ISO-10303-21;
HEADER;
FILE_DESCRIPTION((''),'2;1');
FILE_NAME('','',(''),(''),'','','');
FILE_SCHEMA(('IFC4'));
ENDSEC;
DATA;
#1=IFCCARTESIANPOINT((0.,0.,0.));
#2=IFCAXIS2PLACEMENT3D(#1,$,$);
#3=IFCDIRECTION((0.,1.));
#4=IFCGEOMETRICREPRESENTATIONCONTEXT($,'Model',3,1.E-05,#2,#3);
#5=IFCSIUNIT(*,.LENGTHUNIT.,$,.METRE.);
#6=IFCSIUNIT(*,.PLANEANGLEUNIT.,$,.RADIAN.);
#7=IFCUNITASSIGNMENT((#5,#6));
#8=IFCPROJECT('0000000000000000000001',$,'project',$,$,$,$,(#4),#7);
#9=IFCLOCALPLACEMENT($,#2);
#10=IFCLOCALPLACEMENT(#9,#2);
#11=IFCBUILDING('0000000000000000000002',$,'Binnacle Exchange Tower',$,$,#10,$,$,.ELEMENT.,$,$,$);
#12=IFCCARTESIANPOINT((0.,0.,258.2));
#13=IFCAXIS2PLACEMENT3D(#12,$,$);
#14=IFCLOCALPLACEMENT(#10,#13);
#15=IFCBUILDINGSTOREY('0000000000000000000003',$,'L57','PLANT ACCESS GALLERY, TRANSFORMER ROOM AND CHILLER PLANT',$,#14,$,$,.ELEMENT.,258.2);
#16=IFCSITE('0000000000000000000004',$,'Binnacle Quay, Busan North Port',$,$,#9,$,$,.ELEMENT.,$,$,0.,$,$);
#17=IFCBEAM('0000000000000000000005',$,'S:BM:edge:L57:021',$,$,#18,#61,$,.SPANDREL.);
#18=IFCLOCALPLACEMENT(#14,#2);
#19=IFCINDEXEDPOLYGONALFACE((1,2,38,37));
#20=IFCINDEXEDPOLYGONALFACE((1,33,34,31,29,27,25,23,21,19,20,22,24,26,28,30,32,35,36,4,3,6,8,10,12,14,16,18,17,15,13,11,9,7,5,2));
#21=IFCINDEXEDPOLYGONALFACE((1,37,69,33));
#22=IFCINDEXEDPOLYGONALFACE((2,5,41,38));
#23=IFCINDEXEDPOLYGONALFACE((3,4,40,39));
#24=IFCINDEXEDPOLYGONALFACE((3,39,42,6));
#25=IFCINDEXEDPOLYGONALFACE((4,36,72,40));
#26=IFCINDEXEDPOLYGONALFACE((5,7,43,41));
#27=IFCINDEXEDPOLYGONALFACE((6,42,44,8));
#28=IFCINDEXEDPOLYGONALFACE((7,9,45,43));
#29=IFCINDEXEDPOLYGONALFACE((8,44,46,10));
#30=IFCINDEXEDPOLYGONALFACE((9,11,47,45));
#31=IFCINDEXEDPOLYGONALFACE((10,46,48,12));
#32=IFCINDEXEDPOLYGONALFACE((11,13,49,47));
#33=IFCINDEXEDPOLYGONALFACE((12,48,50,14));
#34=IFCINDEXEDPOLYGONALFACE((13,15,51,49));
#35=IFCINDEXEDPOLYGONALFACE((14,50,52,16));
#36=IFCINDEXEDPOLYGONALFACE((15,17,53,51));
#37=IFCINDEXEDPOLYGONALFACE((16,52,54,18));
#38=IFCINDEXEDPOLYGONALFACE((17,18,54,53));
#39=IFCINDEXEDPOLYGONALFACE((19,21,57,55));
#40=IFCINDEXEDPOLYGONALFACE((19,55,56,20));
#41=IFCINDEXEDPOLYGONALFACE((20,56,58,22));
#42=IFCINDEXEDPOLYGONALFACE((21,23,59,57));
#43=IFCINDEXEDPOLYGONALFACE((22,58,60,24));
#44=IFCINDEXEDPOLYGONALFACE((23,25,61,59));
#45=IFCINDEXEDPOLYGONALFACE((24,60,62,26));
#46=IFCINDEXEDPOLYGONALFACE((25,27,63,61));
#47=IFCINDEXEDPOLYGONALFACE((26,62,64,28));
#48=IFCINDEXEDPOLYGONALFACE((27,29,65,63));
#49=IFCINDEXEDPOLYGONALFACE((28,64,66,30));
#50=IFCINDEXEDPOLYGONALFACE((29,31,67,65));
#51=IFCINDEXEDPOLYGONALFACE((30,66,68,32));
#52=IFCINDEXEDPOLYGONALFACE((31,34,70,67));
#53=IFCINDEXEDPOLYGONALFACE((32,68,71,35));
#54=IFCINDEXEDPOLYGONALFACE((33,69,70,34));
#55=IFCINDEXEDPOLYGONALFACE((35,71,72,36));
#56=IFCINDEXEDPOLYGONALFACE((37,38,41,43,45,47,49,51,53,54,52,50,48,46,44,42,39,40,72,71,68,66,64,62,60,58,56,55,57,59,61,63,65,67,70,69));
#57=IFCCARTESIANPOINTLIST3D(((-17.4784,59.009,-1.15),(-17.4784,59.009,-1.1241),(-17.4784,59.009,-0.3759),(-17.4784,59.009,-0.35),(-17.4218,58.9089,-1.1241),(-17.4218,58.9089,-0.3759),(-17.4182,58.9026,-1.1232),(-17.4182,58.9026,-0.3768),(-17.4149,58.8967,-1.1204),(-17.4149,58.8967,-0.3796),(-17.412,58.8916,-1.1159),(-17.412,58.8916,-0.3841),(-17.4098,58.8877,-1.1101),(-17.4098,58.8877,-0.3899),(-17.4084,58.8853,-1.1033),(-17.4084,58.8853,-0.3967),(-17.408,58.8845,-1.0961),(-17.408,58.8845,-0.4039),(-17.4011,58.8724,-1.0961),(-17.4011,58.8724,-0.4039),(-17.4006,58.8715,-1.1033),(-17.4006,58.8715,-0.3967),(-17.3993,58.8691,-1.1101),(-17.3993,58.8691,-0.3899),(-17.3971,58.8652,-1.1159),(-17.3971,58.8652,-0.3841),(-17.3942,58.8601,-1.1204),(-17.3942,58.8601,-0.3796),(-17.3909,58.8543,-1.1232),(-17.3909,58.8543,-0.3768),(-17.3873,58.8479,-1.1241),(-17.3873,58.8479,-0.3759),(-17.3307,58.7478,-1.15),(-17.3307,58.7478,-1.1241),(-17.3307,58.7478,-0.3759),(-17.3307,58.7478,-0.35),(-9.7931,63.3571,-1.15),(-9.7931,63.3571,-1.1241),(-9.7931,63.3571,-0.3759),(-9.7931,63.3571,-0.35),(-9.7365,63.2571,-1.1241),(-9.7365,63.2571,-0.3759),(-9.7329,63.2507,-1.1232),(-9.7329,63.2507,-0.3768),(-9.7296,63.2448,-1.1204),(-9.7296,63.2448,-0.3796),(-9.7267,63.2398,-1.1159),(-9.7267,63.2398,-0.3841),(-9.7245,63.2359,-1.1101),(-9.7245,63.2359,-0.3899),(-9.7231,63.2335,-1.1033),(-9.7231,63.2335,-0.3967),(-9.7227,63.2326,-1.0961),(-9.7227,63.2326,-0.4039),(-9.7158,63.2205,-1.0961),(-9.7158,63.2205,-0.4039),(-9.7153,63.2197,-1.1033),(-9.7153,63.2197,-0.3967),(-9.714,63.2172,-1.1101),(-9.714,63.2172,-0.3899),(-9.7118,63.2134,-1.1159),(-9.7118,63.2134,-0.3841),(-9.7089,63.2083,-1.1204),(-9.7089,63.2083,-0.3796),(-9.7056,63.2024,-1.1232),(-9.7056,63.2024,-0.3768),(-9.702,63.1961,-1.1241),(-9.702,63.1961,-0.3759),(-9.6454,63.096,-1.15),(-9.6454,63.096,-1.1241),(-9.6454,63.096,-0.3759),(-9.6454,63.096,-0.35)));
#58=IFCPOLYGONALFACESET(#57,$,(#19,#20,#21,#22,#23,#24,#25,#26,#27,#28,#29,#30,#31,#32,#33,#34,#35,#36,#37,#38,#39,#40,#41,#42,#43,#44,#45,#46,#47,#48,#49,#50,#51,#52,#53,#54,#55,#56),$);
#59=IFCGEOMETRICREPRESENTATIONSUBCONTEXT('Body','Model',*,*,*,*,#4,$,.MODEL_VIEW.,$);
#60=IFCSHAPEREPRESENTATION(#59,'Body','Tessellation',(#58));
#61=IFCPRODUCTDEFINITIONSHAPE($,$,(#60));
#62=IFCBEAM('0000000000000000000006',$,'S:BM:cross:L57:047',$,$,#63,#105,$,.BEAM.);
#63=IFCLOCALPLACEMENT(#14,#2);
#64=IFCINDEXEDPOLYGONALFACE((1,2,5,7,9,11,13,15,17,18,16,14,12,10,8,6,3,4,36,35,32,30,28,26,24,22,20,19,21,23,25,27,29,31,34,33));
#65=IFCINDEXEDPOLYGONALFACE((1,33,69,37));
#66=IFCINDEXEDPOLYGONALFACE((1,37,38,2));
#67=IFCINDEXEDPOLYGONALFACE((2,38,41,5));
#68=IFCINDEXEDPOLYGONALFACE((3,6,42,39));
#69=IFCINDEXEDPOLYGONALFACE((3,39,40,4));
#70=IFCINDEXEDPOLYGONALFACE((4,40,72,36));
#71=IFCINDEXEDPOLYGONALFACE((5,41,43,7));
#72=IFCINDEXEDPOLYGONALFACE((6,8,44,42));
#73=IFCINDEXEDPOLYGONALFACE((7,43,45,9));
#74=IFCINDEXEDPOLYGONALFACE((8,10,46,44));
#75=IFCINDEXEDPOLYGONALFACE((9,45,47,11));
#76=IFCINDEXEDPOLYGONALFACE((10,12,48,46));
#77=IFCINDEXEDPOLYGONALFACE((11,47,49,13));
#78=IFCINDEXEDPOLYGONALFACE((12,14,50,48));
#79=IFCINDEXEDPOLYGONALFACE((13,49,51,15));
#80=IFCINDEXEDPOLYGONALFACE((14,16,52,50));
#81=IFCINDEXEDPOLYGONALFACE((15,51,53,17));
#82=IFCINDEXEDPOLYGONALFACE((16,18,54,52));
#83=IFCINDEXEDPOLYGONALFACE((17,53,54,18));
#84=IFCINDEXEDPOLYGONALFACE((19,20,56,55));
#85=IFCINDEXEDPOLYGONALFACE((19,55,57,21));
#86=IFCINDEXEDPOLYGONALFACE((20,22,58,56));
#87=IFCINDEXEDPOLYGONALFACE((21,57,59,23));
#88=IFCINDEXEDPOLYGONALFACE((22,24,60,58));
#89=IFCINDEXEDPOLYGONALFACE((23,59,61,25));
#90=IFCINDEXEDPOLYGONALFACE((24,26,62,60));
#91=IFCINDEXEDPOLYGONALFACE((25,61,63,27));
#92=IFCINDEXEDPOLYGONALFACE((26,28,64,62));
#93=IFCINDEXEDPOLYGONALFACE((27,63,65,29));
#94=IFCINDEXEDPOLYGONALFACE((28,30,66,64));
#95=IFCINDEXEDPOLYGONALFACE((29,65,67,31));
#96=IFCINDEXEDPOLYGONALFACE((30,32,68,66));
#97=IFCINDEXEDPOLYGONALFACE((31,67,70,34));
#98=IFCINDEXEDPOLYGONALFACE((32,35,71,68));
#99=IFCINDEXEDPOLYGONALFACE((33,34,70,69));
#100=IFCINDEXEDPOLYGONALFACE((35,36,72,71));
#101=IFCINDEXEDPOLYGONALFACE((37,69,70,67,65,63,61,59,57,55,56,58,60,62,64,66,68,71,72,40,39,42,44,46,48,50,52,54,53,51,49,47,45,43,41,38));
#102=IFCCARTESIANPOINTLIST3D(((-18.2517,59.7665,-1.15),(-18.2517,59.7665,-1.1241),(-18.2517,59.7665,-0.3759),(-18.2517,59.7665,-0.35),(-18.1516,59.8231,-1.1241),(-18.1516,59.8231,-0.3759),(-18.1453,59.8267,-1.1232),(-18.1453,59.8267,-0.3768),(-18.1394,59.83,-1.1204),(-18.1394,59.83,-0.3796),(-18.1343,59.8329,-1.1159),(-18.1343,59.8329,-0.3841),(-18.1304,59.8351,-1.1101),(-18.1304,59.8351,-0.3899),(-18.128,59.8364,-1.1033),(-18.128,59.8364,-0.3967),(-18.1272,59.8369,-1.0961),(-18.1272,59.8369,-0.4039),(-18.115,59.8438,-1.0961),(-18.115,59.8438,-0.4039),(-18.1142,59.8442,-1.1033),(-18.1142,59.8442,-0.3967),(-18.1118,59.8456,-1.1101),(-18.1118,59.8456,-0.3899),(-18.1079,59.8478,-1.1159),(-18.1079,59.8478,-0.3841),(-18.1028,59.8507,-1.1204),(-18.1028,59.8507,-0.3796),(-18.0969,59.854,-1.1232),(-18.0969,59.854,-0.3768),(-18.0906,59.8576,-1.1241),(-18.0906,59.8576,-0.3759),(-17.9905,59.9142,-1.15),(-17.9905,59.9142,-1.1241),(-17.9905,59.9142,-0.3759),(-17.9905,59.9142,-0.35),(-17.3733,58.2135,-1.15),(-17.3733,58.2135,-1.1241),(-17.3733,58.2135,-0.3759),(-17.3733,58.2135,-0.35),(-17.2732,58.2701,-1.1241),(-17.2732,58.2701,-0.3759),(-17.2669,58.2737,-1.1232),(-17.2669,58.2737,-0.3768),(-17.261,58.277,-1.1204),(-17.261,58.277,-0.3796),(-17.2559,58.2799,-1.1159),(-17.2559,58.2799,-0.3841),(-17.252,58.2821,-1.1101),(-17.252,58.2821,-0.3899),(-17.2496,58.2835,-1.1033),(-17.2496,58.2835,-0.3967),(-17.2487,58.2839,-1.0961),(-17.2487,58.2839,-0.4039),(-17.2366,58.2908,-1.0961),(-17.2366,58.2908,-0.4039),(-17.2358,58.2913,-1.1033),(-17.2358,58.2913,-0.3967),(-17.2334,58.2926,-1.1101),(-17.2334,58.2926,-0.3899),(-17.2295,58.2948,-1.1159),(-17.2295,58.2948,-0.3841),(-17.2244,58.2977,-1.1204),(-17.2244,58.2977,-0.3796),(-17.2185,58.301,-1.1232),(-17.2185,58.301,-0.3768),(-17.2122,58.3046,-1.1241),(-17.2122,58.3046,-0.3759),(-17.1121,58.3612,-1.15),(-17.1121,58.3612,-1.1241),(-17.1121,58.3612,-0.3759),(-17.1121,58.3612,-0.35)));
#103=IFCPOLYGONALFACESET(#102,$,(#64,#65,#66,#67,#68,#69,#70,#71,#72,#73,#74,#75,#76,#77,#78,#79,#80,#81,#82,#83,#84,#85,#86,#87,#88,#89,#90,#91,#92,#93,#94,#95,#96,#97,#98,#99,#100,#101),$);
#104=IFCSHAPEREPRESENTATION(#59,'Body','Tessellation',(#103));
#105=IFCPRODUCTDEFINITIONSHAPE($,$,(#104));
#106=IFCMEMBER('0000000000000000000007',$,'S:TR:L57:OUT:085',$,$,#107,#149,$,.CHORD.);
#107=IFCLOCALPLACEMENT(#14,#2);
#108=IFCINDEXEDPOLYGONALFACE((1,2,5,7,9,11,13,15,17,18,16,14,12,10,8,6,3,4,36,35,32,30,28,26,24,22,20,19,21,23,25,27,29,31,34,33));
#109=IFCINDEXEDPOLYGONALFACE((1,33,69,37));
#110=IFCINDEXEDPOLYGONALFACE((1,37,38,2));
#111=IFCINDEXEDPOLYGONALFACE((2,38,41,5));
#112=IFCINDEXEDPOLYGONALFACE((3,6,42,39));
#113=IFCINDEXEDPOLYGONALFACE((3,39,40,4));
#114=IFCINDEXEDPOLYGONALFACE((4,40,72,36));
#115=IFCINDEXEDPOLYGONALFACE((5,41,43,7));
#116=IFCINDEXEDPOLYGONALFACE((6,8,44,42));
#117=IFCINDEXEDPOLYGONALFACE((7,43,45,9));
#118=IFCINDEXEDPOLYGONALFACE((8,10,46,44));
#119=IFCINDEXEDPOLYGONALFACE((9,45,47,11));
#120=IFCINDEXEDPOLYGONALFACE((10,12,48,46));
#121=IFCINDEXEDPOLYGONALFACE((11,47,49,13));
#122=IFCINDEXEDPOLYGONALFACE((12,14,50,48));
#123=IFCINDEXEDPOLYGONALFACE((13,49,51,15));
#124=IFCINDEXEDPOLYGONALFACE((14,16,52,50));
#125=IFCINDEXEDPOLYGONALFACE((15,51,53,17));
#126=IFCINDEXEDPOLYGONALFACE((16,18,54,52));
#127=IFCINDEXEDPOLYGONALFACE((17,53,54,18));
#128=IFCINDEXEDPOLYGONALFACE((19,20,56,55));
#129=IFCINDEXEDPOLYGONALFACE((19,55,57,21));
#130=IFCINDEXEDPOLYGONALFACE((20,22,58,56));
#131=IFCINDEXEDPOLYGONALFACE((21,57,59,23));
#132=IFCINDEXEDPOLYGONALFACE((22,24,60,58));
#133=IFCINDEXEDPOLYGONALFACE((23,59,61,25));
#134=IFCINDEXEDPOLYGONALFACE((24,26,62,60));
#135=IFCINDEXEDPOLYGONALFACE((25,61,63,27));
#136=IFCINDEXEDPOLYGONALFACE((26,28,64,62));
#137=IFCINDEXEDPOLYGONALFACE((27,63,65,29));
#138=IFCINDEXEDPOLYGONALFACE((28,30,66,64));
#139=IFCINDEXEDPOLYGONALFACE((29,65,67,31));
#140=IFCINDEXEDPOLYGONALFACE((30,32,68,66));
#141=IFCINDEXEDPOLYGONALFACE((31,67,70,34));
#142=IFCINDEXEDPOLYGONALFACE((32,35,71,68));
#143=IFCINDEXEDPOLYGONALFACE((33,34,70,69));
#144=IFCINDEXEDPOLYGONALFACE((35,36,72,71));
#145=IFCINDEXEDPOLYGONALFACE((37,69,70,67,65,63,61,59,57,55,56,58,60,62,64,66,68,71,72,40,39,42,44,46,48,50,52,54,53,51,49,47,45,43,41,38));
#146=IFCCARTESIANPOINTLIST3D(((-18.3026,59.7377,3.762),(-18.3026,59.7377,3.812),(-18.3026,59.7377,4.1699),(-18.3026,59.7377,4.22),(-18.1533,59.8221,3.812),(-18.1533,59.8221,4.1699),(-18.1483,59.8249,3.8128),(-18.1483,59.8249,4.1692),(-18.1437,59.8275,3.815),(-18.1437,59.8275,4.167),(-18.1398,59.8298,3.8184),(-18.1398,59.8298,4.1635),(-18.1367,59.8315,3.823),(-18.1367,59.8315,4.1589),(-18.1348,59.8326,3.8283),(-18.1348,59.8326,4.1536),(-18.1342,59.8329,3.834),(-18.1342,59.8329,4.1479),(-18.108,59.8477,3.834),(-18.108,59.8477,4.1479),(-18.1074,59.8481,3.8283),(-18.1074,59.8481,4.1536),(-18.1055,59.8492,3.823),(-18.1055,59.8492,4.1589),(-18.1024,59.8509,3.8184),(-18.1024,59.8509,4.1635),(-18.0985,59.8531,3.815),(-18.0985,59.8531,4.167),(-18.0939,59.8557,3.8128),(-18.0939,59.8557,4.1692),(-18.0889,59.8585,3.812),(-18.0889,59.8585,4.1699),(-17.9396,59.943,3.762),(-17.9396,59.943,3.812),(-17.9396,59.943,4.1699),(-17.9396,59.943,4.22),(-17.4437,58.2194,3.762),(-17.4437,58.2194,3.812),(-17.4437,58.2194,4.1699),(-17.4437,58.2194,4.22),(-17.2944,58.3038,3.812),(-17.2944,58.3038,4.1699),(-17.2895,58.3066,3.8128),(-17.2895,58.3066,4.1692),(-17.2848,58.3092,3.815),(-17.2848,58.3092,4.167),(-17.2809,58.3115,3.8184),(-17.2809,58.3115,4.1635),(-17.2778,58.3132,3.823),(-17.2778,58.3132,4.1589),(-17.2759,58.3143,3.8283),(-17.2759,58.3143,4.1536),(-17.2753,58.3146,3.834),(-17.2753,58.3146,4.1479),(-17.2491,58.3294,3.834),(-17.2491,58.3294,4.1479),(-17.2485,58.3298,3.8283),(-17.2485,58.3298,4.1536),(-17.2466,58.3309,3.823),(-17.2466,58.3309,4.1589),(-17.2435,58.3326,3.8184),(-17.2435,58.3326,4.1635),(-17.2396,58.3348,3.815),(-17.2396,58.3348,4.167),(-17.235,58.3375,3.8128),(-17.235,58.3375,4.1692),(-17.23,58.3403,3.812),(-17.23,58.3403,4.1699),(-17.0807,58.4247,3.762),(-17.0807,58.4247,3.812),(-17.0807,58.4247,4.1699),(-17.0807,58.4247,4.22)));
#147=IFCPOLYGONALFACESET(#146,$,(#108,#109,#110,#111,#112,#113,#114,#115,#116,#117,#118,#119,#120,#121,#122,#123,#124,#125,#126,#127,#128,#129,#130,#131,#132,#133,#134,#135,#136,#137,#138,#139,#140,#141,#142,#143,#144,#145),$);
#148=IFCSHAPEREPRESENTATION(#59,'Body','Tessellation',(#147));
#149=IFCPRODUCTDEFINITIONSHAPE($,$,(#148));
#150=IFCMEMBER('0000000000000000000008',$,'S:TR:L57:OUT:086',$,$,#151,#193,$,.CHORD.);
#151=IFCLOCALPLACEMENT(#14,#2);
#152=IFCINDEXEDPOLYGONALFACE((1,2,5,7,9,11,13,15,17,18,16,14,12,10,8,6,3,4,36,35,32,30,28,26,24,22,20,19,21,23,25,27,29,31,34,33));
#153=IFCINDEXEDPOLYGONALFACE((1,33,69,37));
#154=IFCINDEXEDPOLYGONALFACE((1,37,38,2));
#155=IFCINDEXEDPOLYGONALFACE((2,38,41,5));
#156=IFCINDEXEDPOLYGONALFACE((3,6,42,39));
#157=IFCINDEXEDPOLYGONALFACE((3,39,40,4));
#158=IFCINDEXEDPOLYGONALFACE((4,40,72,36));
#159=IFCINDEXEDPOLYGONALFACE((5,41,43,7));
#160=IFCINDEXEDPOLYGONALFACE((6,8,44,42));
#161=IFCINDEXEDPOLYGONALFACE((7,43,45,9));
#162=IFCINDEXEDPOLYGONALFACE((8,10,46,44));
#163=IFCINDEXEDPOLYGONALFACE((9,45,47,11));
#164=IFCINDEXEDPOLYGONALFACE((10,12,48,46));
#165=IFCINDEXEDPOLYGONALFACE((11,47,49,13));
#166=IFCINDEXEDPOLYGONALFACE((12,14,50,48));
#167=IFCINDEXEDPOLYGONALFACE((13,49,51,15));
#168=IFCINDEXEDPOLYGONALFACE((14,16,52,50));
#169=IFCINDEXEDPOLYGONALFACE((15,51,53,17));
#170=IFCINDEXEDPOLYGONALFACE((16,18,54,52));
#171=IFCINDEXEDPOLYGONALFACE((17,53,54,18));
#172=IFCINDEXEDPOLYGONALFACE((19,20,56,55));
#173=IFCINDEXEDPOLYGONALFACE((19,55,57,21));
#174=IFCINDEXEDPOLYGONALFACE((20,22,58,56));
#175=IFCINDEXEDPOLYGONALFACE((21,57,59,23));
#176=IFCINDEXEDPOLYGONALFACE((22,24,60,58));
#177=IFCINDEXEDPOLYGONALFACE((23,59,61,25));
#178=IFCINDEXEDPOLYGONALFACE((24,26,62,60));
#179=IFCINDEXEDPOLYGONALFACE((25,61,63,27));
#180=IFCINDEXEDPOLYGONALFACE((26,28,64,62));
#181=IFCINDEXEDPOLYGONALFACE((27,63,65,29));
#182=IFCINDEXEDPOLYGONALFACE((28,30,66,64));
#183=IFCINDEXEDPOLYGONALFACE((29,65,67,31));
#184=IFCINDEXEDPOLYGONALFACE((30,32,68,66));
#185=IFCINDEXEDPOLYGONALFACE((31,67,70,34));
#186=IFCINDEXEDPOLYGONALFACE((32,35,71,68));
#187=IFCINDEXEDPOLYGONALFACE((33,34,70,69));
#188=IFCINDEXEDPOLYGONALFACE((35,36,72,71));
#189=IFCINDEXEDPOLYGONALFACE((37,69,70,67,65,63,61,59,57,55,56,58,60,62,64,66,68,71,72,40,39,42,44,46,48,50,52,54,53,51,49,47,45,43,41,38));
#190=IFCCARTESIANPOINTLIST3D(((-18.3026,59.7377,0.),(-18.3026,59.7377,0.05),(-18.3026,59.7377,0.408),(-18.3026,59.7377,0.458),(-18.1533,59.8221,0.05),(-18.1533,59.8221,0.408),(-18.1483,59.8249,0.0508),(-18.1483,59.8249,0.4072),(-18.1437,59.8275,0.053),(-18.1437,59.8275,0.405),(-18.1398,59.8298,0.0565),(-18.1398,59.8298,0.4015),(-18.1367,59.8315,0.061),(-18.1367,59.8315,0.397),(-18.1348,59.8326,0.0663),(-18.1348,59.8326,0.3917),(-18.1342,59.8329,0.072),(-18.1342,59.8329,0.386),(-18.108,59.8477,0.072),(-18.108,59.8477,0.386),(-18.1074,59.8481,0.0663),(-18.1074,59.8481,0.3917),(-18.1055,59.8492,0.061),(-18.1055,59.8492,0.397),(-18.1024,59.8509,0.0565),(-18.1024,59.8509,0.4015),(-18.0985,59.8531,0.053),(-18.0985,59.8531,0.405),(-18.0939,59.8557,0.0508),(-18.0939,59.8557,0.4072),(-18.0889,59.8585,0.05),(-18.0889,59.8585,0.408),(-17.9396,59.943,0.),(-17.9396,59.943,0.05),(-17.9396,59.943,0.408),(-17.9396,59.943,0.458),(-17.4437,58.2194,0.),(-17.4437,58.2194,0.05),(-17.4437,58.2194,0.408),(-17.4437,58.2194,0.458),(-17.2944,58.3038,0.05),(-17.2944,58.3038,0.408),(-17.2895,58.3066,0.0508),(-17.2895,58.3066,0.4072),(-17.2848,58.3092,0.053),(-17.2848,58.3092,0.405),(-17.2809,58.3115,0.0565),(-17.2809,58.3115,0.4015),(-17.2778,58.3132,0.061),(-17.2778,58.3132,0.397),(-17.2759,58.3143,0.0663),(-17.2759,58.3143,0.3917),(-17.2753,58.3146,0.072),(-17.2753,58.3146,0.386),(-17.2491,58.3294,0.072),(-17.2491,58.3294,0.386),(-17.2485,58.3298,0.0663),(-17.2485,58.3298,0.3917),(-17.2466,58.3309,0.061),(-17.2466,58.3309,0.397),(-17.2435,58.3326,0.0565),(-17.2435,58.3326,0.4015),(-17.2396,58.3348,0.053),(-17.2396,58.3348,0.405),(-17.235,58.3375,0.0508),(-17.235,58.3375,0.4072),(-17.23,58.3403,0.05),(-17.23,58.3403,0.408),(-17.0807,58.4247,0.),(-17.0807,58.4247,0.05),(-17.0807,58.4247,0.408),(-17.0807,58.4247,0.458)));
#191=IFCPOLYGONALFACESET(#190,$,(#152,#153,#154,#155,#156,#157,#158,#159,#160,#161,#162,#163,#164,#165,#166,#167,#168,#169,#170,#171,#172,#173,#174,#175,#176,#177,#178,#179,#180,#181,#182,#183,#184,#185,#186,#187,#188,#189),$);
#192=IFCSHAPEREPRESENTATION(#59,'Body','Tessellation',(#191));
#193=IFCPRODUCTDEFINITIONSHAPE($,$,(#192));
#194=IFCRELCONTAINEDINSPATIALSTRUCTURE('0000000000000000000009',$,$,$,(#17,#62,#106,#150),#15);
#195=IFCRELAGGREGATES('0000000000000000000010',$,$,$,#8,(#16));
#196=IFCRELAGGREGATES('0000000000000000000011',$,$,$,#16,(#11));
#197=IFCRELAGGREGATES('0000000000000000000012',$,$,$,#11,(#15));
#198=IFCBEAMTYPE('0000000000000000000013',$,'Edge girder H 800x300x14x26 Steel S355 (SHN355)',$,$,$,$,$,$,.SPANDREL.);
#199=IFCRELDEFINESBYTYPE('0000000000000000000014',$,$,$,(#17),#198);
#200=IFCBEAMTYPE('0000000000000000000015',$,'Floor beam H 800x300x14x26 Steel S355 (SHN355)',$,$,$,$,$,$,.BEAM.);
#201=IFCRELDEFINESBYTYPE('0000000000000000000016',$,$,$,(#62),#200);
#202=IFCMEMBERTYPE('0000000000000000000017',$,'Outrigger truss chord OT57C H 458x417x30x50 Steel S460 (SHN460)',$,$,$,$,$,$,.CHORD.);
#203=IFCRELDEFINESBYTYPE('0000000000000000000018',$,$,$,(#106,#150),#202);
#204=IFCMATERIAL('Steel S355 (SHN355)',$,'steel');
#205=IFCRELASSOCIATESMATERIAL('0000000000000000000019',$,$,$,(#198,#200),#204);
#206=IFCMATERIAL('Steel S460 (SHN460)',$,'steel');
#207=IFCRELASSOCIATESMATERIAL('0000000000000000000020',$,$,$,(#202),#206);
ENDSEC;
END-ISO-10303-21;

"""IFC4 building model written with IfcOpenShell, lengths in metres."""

from ifc_helpers import new_model, si_unit, direction, frame, origin, origin_2d, place, context, subcontext, project, spatial, i_section, extrude, material, material_profile, profile_set, type_object, element, save


model = new_model("IFC4")

# Units and contexts
model_context = context("Model", 3, precision=1e-05, world=origin(), true_north=direction((0.0, 1.0)))
body_context = subcontext(model_context, "Body", "Model", "MODEL_VIEW")
ifc_project = project(units=[si_unit("LENGTHUNIT", "METRE"), si_unit("PLANEANGLEUNIT", "RADIAN")], contexts=[model_context])

# Site, building, storey
site_placement = place(None, origin())
site = spatial("IfcSite", under=ifc_project, at=site_placement, Name="Binnacle Quay, Busan North Port", CompositionType="ELEMENT", RefElevation=0.0)
building_placement = place(site_placement, origin())
building = spatial("IfcBuilding", under=site, at=building_placement, Name="Binnacle Exchange Tower", CompositionType="ELEMENT")
storey_placement = place(building_placement, frame((0.0, 0.0, 258.2)))
storey = spatial("IfcBuildingStorey", under=building, at=storey_placement, Name="L57", Description="PLANT ACCESS GALLERY, TRANSFORMER ROOM AND CHILLER PLANT", CompositionType="ELEMENT", Elevation=258.2)

# Shared definitions
ifc_material_1 = material(Name="Steel S355 (SHN355)", Category="steel")

# Beams
ifc_material_profile_1 = material_profile(ifc_material_1, i_section(OverallWidth=0.3, OverallDepth=0.8, WebThickness=0.0139, FlangeThickness=0.0259, FilletRadius=0.0281, at=origin_2d()), Name="H 800x300x14x26")
ifc_profile_set_1 = profile_set([ifc_material_profile_1], Name="Steel S355 (SHN355)")
beam_type_1 = type_object("IfcBeamType", Name="Edge girder H 800x300x14x26 Steel S355 (SHN355)", PredefinedType="SPANDREL", material=ifc_profile_set_1)
beam_1_placement = place(storey_placement, frame((-17.4045, 58.8784, -0.75), z_axis=(0.870355, 0.492424, 0.0), x_axis=(-0.492424, 0.870355, 0.0)))
element("IfcBeam", 1, at=beam_1_placement, inside=storey, type_object=beam_type_1, Name="S:BM:edge:L57:021", PredefinedType="SPANDREL", context=body_context, shape_type="SweptSolid", body=[
    extrude(i_section(OverallWidth=0.3, OverallDepth=0.8, WebThickness=0.0139, FlangeThickness=0.0259, FilletRadius=0.0281, at=origin_2d()), origin(), (0.0, 0.0, 1.0), 8.8301),
])
ifc_material_profile_2 = material_profile(ifc_material_1, i_section(OverallWidth=0.3, OverallDepth=0.8, WebThickness=0.0139, FlangeThickness=0.0259, FilletRadius=0.0281, at=origin_2d()), Name="H 800x300x14x26")
ifc_profile_set_2 = profile_set([ifc_material_profile_2], Name="Steel S355 (SHN355)")
beam_type_2 = type_object("IfcBeamType", Name="Floor beam H 800x300x14x26 Steel S355 (SHN355)", PredefinedType="BEAM", material=ifc_profile_set_2)
beam_2_placement = place(storey_placement, frame((-18.1211, 59.8403, -0.75), z_axis=(0.492332, -0.870407, 0.0), x_axis=(0.870407, 0.492332, 0.0)))
element("IfcBeam", 2, at=beam_2_placement, inside=storey, type_object=beam_type_2, Name="S:BM:cross:L57:047", PredefinedType="BEAM", context=body_context, shape_type="SweptSolid", body=[
    extrude(i_section(OverallWidth=0.3, OverallDepth=0.8, WebThickness=0.0139, FlangeThickness=0.0259, FilletRadius=0.0281, at=origin_2d()), origin(), (0.0, 0.0, 1.0), 1.7842),
])

# Members
ifc_material_2 = material(Name="Steel S460 (SHN460)", Category="steel")
ifc_material_profile_3 = material_profile(ifc_material_2, i_section(OverallWidth=0.417, OverallDepth=0.458, WebThickness=0.03, FlangeThickness=0.05, FilletRadius=0.022, at=origin_2d()), Name="H 458x417x30x50")
ifc_profile_set_3 = profile_set([ifc_material_profile_3], Name="Steel S460 (SHN460)")
member_type_1 = type_object("IfcMemberType", Name="Outrigger truss chord OT57C H 458x417x30x50 Steel S460 (SHN460)", PredefinedType="CHORD", material=ifc_profile_set_3)
for number, where, z_axis, x_axis, name in (
    (3, (-18.1211, 59.8403, 3.991), (0.492366, -0.870388, 0.0), (0.870388, 0.492366, 0.0), "S:TR:L57:OUT:085"),
    (4, (-18.1211, 59.8403, 0.229), (0.492366, -0.870388, 0.0), (0.870388, 0.492366, 0.0), "S:TR:L57:OUT:086"),
):
    element("IfcMember", number, at=place(storey_placement, frame(where, z_axis=z_axis, x_axis=x_axis)), inside=storey, type_object=member_type_1, Name=name, PredefinedType="CHORD", context=body_context, shape_type="SweptSolid", body=[
        extrude(i_section(OverallWidth=0.417, OverallDepth=0.458, WebThickness=0.03, FlangeThickness=0.05, FilletRadius=0.022, at=origin_2d()), origin(), (0.0, 0.0, 1.0), 1.7444),
    ])

save(model, "model.ifc")
